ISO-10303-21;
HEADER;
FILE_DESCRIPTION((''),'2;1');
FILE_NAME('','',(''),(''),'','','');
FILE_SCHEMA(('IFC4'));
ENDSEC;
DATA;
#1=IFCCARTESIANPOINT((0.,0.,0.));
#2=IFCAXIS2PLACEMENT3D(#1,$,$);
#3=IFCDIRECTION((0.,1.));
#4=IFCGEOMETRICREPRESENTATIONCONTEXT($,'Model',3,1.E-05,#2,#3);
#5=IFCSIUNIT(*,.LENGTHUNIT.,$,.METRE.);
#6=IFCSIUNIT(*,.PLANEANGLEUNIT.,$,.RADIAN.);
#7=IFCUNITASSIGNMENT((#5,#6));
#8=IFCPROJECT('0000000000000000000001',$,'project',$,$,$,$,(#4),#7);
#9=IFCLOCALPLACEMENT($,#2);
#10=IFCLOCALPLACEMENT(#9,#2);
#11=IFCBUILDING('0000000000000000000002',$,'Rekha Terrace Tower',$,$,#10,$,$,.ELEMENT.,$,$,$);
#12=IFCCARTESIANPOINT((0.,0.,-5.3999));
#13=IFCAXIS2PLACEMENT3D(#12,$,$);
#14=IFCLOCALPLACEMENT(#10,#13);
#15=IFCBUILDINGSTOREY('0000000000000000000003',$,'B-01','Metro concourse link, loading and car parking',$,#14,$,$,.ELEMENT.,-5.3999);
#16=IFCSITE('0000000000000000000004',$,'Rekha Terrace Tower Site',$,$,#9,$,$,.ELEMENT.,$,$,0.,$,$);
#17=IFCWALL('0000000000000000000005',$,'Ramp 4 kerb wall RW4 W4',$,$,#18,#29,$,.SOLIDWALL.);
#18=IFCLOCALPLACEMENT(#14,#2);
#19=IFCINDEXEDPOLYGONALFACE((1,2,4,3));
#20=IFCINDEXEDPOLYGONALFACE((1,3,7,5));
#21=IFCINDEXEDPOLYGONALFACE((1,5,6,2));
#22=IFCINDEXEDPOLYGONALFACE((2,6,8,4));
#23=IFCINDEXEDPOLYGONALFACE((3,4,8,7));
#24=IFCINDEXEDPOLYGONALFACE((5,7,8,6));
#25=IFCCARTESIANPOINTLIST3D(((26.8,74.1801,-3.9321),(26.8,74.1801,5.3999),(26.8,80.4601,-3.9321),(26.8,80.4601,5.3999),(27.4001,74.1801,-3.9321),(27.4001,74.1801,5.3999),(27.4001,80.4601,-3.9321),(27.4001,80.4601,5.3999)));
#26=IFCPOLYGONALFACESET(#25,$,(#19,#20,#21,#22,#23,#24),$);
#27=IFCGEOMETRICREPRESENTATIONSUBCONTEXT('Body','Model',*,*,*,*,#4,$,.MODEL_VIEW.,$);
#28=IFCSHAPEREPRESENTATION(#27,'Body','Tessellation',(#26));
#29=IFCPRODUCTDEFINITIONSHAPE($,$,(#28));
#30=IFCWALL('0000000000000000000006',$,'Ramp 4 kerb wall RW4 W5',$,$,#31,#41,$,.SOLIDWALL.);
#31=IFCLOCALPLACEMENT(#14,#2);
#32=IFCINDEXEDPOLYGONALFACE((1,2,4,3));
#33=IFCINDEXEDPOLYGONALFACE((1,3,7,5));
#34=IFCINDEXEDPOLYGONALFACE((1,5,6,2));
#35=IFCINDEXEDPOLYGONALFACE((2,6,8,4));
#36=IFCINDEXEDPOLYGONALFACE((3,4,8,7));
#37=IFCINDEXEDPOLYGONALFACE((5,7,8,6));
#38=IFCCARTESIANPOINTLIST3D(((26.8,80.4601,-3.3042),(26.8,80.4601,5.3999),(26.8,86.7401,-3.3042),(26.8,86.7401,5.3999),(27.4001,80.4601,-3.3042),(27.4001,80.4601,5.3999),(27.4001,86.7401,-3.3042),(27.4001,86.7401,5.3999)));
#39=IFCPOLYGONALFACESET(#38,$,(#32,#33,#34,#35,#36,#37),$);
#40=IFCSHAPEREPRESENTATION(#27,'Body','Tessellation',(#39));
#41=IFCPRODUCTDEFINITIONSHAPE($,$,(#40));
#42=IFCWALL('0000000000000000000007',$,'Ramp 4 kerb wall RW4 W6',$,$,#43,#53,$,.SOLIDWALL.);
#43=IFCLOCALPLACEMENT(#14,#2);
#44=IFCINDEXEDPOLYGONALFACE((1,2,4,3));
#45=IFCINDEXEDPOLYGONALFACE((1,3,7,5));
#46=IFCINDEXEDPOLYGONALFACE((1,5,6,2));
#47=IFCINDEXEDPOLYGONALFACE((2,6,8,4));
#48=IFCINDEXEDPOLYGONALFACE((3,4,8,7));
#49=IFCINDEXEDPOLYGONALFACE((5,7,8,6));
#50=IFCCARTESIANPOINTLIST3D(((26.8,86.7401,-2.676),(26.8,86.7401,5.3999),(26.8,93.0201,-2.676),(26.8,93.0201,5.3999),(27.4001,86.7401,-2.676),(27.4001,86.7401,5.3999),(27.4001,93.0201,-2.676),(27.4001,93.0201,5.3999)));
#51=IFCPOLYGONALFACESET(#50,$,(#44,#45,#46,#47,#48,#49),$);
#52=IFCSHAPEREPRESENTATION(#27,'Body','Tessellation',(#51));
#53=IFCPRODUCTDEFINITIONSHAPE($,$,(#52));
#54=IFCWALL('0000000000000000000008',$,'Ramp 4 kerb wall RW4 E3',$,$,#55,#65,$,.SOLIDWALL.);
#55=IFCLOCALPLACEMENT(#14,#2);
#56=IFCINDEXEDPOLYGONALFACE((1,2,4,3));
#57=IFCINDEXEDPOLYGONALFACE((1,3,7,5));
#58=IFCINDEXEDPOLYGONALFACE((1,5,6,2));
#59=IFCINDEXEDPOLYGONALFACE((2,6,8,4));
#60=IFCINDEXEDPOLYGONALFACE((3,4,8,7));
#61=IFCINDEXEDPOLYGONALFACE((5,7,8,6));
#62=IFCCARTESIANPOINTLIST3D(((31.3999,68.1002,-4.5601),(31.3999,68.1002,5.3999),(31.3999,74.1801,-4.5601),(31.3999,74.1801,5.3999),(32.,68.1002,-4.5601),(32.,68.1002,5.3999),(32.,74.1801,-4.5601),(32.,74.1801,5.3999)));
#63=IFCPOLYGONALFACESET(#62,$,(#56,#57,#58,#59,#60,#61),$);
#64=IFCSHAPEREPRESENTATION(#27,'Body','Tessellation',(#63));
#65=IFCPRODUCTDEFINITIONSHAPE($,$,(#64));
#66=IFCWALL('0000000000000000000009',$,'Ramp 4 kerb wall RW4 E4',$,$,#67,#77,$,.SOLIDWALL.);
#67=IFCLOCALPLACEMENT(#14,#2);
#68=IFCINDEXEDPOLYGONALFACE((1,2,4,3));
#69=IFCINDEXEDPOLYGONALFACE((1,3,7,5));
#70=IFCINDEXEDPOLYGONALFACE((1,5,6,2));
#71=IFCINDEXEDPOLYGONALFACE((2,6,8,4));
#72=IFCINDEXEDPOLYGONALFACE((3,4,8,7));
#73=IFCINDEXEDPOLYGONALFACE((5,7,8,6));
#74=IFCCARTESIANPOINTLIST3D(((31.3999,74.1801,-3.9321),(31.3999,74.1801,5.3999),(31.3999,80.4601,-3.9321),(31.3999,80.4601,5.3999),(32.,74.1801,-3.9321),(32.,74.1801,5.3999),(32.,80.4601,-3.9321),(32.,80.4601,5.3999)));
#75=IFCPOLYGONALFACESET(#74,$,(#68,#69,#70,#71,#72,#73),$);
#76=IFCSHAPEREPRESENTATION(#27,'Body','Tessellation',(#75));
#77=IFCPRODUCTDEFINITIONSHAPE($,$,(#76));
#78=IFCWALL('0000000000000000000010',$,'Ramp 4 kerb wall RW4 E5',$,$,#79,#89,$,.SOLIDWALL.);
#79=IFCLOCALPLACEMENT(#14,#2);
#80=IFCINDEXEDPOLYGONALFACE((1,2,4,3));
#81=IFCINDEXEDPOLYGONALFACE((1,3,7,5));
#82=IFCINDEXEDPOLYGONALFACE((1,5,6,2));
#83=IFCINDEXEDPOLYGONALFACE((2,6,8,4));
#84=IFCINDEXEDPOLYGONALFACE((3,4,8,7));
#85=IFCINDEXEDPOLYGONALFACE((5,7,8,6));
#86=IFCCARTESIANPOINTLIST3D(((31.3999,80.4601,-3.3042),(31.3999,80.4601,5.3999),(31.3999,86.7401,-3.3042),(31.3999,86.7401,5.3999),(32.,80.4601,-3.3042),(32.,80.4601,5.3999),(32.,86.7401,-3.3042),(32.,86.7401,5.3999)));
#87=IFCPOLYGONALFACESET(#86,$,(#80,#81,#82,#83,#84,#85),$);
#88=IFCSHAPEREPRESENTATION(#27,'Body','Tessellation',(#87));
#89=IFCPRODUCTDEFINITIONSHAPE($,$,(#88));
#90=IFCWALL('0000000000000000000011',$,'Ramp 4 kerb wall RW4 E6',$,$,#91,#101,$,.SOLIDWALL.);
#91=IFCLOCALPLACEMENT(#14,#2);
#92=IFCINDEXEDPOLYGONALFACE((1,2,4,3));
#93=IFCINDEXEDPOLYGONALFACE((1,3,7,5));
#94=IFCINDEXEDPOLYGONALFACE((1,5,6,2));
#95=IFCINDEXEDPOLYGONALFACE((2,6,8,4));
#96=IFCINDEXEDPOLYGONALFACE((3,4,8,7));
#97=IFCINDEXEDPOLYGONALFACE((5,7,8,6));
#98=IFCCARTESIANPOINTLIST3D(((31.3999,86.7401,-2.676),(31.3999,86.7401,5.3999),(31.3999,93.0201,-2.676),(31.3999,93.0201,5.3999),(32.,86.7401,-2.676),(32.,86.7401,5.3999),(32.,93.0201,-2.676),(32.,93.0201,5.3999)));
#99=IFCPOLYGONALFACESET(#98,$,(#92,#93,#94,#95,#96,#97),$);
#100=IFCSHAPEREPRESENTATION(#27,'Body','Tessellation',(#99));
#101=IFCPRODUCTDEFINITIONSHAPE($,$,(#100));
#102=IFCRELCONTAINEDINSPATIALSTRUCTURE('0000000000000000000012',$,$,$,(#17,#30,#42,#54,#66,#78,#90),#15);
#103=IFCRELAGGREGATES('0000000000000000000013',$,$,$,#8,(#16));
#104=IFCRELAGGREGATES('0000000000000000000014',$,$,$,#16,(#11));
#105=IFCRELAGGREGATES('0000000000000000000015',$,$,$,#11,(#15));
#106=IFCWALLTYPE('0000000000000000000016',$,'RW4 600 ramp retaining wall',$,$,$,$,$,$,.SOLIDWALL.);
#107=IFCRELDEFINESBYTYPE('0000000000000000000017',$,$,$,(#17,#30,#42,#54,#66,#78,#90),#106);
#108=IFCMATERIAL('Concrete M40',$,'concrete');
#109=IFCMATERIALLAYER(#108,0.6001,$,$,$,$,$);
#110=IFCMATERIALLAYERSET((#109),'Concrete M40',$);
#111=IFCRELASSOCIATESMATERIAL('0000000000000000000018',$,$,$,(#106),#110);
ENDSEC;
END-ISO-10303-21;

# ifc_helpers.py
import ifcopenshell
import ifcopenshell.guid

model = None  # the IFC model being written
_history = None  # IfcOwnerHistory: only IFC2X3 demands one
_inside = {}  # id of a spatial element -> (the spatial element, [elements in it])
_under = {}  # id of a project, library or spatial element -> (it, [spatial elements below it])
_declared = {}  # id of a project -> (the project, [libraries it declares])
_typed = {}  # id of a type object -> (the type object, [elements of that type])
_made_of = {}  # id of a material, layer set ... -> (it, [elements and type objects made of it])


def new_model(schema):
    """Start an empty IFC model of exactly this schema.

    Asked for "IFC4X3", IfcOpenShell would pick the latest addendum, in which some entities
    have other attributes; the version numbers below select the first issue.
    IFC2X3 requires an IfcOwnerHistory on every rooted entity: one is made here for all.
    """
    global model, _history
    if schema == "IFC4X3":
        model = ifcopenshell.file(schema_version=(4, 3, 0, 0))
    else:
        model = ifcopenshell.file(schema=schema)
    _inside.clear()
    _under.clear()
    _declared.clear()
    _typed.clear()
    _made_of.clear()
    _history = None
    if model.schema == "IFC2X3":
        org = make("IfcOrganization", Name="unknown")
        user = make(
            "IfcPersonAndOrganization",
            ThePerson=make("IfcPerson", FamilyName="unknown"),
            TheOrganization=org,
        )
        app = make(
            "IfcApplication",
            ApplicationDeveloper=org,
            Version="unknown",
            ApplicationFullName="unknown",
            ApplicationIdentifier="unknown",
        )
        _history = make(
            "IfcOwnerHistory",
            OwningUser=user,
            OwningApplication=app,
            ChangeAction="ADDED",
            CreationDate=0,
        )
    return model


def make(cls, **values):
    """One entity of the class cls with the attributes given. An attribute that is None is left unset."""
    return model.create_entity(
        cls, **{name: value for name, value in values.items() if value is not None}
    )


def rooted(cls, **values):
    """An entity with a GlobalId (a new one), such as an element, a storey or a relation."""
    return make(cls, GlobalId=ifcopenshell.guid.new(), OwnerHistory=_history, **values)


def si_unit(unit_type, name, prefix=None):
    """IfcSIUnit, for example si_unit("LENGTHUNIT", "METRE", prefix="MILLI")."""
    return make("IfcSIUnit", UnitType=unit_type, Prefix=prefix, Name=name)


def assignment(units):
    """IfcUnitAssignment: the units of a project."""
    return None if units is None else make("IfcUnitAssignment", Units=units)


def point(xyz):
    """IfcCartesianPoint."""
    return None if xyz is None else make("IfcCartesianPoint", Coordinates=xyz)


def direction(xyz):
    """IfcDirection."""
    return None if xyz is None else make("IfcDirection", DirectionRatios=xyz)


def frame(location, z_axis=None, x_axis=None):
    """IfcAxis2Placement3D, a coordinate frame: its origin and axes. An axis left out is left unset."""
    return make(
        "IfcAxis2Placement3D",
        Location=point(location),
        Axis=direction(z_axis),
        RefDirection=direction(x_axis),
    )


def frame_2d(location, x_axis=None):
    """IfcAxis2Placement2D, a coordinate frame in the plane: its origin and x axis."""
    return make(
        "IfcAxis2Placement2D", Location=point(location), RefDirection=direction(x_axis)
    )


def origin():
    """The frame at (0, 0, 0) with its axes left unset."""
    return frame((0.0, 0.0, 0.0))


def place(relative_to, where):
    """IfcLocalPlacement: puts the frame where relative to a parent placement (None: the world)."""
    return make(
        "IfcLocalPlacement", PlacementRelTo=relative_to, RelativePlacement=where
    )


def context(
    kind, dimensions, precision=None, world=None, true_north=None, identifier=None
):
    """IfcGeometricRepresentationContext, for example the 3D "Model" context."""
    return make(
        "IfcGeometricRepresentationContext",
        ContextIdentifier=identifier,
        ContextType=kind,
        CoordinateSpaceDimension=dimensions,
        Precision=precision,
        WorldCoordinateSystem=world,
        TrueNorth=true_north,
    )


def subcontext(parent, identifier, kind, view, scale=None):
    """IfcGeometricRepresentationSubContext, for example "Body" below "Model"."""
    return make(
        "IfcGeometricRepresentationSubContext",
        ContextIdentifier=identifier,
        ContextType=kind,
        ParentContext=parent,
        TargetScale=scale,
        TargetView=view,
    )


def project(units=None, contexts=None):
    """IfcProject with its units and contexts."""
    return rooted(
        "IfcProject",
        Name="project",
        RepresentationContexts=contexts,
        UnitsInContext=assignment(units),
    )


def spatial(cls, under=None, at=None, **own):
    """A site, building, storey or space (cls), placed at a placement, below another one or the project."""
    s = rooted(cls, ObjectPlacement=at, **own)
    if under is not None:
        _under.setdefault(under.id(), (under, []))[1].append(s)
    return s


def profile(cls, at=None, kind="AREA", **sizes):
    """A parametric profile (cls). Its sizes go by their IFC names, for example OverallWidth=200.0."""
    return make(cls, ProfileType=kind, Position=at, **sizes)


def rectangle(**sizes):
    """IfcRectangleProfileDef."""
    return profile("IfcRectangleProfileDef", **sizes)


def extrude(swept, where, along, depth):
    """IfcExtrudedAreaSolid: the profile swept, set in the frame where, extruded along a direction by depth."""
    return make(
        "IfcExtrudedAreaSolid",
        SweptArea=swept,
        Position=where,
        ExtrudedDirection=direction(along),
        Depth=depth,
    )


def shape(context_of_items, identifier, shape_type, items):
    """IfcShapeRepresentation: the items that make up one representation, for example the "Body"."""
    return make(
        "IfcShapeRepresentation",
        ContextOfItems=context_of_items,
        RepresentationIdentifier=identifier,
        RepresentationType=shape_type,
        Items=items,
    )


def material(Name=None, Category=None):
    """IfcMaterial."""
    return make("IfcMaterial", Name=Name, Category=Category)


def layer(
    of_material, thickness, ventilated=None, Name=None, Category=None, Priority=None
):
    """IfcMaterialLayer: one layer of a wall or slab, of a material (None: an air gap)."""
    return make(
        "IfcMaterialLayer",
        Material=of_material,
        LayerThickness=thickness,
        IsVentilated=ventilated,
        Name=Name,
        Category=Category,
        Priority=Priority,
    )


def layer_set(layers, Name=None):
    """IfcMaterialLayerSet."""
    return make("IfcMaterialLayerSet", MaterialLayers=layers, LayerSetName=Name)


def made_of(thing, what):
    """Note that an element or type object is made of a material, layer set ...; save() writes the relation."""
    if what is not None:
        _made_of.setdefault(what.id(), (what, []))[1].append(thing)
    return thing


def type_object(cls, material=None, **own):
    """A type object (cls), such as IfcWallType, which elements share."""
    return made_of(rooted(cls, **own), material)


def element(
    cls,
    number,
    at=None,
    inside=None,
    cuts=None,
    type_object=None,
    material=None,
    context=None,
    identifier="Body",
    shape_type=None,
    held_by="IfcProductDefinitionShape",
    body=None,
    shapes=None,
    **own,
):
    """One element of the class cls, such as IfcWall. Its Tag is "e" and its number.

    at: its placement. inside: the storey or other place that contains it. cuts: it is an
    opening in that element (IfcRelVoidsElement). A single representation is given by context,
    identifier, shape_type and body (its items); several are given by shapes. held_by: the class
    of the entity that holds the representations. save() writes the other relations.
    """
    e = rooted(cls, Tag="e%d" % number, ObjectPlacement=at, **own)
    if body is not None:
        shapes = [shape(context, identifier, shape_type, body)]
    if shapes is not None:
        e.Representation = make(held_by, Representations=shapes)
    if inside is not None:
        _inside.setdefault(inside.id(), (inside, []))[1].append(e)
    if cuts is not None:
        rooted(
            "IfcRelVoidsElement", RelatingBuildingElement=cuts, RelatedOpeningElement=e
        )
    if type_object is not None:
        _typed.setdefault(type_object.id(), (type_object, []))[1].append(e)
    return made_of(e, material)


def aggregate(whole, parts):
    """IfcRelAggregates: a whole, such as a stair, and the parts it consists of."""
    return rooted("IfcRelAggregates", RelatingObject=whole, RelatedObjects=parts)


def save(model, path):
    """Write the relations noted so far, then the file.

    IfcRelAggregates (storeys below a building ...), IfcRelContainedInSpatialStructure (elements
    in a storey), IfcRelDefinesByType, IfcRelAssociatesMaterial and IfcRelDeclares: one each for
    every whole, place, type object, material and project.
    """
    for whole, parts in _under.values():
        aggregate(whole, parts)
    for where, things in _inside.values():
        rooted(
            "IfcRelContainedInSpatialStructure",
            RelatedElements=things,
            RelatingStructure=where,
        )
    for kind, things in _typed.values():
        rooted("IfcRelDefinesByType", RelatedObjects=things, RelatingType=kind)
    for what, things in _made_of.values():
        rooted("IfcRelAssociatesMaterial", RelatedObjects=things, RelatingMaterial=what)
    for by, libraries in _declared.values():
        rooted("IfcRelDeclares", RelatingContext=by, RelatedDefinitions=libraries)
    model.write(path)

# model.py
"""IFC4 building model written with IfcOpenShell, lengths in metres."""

from ifc_helpers import new_model, si_unit, direction, frame, frame_2d, origin, place, context, subcontext, project, spatial, rectangle, extrude, material, layer, layer_set, type_object, element, save


model = new_model("IFC4")

# Units and contexts
model_context = context("Model", 3, precision=1e-05, world=origin(), true_north=direction((0.0, 1.0)))
body_context = subcontext(model_context, "Body", "Model", "MODEL_VIEW")
ifc_project = project(units=[si_unit("LENGTHUNIT", "METRE"), si_unit("PLANEANGLEUNIT", "RADIAN")], contexts=[model_context])

# Site, building, storey
site_placement = place(None, origin())
site = spatial("IfcSite", under=ifc_project, at=site_placement, Name="Rekha Terrace Tower Site", CompositionType="ELEMENT", RefElevation=0.0)
building_placement = place(site_placement, origin())
building = spatial("IfcBuilding", under=site, at=building_placement, Name="Rekha Terrace Tower", CompositionType="ELEMENT")
storey_placement = place(building_placement, frame((0.0, 0.0, -5.3999)))
storey = spatial("IfcBuildingStorey", under=building, at=storey_placement, Name="B-01", Description="Metro concourse link, loading and car parking", CompositionType="ELEMENT", Elevation=-5.3999)

# Shared definitions
ifc_material = material(Name="Concrete M40", Category="concrete")

# Walls
ifc_layer_1 = layer(ifc_material, 0.6001)
ifc_layer_set_1 = layer_set([ifc_layer_1], Name="Concrete M40")
wall_type_1 = type_object("IfcWallType", Name="RW4 600 ramp retaining wall", PredefinedType="SOLIDWALL", material=ifc_layer_set_1)
wall_1_placement = place(storey_placement, frame((27.1001, 74.1799, -3.9321), z_axis=(0.0, 0.0, 1.0), x_axis=(0.0, 1.0, 0.0)))
element("IfcWall", 1, at=wall_1_placement, inside=storey, type_object=wall_type_1, Name="Ramp 4 kerb wall RW4 W4", PredefinedType="SOLIDWALL", context=body_context, shape_type="SweptSolid", body=[
    extrude(rectangle(XDim=6.28, YDim=0.6001, at=frame_2d((3.1401, 0.0))), origin(), (0.0, 0.0, 1.0), 9.332),
])
wall_2_placement = place(storey_placement, frame((27.1001, 80.46, -3.3042), z_axis=(0.0, 0.0, 1.0), x_axis=(0.0, 1.0, 0.0)))
element("IfcWall", 2, at=wall_2_placement, inside=storey, type_object=wall_type_1, Name="Ramp 4 kerb wall RW4 W5", PredefinedType="SOLIDWALL", context=body_context, shape_type="SweptSolid", body=[
    extrude(rectangle(XDim=6.28, YDim=0.6001, at=frame_2d((3.1401, 0.0))), origin(), (0.0, 0.0, 1.0), 8.7041),
])
wall_3_placement = place(storey_placement, frame((27.1001, 86.74, -2.676), z_axis=(0.0, 0.0, 1.0), x_axis=(0.0, 1.0, 0.0)))
element("IfcWall", 3, at=wall_3_placement, inside=storey, type_object=wall_type_1, Name="Ramp 4 kerb wall RW4 W6", PredefinedType="SOLIDWALL", context=body_context, shape_type="SweptSolid", body=[
    extrude(rectangle(XDim=6.28, YDim=0.6001, at=frame_2d((3.1401, 0.0))), origin(), (0.0, 0.0, 1.0), 8.0759),
])
wall_4_placement = place(storey_placement, frame((31.7, 68.1001, -4.5601), z_axis=(0.0, 0.0, 1.0), x_axis=(0.0, 1.0, 0.0)))
element("IfcWall", 4, at=wall_4_placement, inside=storey, type_object=wall_type_1, Name="Ramp 4 kerb wall RW4 E3", PredefinedType="SOLIDWALL", context=body_context, shape_type="SweptSolid", body=[
    extrude(rectangle(XDim=6.0798, YDim=0.6001, at=frame_2d((3.04, 0.0))), origin(), (0.0, 0.0, 1.0), 9.96),
])
wall_5_placement = place(storey_placement, frame((31.7, 74.1799, -3.9321), z_axis=(0.0, 0.0, 1.0), x_axis=(0.0, 1.0, 0.0)))
element("IfcWall", 5, at=wall_5_placement, inside=storey, type_object=wall_type_1, Name="Ramp 4 kerb wall RW4 E4", PredefinedType="SOLIDWALL", context=body_context, shape_type="SweptSolid", body=[
    extrude(rectangle(XDim=6.28, YDim=0.6001, at=frame_2d((3.1401, 0.0))), origin(), (0.0, 0.0, 1.0), 9.332),
])
wall_6_placement = place(storey_placement, frame((31.7, 80.46, -3.3042), z_axis=(0.0, 0.0, 1.0), x_axis=(0.0, 1.0, 0.0)))
element("IfcWall", 6, at=wall_6_placement, inside=storey, type_object=wall_type_1, Name="Ramp 4 kerb wall RW4 E5", PredefinedType="SOLIDWALL", context=body_context, shape_type="SweptSolid", body=[
    extrude(rectangle(XDim=6.28, YDim=0.6001, at=frame_2d((3.1401, 0.0))), origin(), (0.0, 0.0, 1.0), 8.7041),
])
wall_7_placement = place(storey_placement, frame((31.7, 86.74, -2.676), z_axis=(0.0, 0.0, 1.0), x_axis=(0.0, 1.0, 0.0)))
element("IfcWall", 7, at=wall_7_placement, inside=storey, type_object=wall_type_1, Name="Ramp 4 kerb wall RW4 E6", PredefinedType="SOLIDWALL", context=body_context, shape_type="SweptSolid", body=[
    extrude(rectangle(XDim=6.28, YDim=0.6001, at=frame_2d((3.1401, 0.0))), origin(), (0.0, 0.0, 1.0), 8.0759),
])

save(model, "model.ifc")
